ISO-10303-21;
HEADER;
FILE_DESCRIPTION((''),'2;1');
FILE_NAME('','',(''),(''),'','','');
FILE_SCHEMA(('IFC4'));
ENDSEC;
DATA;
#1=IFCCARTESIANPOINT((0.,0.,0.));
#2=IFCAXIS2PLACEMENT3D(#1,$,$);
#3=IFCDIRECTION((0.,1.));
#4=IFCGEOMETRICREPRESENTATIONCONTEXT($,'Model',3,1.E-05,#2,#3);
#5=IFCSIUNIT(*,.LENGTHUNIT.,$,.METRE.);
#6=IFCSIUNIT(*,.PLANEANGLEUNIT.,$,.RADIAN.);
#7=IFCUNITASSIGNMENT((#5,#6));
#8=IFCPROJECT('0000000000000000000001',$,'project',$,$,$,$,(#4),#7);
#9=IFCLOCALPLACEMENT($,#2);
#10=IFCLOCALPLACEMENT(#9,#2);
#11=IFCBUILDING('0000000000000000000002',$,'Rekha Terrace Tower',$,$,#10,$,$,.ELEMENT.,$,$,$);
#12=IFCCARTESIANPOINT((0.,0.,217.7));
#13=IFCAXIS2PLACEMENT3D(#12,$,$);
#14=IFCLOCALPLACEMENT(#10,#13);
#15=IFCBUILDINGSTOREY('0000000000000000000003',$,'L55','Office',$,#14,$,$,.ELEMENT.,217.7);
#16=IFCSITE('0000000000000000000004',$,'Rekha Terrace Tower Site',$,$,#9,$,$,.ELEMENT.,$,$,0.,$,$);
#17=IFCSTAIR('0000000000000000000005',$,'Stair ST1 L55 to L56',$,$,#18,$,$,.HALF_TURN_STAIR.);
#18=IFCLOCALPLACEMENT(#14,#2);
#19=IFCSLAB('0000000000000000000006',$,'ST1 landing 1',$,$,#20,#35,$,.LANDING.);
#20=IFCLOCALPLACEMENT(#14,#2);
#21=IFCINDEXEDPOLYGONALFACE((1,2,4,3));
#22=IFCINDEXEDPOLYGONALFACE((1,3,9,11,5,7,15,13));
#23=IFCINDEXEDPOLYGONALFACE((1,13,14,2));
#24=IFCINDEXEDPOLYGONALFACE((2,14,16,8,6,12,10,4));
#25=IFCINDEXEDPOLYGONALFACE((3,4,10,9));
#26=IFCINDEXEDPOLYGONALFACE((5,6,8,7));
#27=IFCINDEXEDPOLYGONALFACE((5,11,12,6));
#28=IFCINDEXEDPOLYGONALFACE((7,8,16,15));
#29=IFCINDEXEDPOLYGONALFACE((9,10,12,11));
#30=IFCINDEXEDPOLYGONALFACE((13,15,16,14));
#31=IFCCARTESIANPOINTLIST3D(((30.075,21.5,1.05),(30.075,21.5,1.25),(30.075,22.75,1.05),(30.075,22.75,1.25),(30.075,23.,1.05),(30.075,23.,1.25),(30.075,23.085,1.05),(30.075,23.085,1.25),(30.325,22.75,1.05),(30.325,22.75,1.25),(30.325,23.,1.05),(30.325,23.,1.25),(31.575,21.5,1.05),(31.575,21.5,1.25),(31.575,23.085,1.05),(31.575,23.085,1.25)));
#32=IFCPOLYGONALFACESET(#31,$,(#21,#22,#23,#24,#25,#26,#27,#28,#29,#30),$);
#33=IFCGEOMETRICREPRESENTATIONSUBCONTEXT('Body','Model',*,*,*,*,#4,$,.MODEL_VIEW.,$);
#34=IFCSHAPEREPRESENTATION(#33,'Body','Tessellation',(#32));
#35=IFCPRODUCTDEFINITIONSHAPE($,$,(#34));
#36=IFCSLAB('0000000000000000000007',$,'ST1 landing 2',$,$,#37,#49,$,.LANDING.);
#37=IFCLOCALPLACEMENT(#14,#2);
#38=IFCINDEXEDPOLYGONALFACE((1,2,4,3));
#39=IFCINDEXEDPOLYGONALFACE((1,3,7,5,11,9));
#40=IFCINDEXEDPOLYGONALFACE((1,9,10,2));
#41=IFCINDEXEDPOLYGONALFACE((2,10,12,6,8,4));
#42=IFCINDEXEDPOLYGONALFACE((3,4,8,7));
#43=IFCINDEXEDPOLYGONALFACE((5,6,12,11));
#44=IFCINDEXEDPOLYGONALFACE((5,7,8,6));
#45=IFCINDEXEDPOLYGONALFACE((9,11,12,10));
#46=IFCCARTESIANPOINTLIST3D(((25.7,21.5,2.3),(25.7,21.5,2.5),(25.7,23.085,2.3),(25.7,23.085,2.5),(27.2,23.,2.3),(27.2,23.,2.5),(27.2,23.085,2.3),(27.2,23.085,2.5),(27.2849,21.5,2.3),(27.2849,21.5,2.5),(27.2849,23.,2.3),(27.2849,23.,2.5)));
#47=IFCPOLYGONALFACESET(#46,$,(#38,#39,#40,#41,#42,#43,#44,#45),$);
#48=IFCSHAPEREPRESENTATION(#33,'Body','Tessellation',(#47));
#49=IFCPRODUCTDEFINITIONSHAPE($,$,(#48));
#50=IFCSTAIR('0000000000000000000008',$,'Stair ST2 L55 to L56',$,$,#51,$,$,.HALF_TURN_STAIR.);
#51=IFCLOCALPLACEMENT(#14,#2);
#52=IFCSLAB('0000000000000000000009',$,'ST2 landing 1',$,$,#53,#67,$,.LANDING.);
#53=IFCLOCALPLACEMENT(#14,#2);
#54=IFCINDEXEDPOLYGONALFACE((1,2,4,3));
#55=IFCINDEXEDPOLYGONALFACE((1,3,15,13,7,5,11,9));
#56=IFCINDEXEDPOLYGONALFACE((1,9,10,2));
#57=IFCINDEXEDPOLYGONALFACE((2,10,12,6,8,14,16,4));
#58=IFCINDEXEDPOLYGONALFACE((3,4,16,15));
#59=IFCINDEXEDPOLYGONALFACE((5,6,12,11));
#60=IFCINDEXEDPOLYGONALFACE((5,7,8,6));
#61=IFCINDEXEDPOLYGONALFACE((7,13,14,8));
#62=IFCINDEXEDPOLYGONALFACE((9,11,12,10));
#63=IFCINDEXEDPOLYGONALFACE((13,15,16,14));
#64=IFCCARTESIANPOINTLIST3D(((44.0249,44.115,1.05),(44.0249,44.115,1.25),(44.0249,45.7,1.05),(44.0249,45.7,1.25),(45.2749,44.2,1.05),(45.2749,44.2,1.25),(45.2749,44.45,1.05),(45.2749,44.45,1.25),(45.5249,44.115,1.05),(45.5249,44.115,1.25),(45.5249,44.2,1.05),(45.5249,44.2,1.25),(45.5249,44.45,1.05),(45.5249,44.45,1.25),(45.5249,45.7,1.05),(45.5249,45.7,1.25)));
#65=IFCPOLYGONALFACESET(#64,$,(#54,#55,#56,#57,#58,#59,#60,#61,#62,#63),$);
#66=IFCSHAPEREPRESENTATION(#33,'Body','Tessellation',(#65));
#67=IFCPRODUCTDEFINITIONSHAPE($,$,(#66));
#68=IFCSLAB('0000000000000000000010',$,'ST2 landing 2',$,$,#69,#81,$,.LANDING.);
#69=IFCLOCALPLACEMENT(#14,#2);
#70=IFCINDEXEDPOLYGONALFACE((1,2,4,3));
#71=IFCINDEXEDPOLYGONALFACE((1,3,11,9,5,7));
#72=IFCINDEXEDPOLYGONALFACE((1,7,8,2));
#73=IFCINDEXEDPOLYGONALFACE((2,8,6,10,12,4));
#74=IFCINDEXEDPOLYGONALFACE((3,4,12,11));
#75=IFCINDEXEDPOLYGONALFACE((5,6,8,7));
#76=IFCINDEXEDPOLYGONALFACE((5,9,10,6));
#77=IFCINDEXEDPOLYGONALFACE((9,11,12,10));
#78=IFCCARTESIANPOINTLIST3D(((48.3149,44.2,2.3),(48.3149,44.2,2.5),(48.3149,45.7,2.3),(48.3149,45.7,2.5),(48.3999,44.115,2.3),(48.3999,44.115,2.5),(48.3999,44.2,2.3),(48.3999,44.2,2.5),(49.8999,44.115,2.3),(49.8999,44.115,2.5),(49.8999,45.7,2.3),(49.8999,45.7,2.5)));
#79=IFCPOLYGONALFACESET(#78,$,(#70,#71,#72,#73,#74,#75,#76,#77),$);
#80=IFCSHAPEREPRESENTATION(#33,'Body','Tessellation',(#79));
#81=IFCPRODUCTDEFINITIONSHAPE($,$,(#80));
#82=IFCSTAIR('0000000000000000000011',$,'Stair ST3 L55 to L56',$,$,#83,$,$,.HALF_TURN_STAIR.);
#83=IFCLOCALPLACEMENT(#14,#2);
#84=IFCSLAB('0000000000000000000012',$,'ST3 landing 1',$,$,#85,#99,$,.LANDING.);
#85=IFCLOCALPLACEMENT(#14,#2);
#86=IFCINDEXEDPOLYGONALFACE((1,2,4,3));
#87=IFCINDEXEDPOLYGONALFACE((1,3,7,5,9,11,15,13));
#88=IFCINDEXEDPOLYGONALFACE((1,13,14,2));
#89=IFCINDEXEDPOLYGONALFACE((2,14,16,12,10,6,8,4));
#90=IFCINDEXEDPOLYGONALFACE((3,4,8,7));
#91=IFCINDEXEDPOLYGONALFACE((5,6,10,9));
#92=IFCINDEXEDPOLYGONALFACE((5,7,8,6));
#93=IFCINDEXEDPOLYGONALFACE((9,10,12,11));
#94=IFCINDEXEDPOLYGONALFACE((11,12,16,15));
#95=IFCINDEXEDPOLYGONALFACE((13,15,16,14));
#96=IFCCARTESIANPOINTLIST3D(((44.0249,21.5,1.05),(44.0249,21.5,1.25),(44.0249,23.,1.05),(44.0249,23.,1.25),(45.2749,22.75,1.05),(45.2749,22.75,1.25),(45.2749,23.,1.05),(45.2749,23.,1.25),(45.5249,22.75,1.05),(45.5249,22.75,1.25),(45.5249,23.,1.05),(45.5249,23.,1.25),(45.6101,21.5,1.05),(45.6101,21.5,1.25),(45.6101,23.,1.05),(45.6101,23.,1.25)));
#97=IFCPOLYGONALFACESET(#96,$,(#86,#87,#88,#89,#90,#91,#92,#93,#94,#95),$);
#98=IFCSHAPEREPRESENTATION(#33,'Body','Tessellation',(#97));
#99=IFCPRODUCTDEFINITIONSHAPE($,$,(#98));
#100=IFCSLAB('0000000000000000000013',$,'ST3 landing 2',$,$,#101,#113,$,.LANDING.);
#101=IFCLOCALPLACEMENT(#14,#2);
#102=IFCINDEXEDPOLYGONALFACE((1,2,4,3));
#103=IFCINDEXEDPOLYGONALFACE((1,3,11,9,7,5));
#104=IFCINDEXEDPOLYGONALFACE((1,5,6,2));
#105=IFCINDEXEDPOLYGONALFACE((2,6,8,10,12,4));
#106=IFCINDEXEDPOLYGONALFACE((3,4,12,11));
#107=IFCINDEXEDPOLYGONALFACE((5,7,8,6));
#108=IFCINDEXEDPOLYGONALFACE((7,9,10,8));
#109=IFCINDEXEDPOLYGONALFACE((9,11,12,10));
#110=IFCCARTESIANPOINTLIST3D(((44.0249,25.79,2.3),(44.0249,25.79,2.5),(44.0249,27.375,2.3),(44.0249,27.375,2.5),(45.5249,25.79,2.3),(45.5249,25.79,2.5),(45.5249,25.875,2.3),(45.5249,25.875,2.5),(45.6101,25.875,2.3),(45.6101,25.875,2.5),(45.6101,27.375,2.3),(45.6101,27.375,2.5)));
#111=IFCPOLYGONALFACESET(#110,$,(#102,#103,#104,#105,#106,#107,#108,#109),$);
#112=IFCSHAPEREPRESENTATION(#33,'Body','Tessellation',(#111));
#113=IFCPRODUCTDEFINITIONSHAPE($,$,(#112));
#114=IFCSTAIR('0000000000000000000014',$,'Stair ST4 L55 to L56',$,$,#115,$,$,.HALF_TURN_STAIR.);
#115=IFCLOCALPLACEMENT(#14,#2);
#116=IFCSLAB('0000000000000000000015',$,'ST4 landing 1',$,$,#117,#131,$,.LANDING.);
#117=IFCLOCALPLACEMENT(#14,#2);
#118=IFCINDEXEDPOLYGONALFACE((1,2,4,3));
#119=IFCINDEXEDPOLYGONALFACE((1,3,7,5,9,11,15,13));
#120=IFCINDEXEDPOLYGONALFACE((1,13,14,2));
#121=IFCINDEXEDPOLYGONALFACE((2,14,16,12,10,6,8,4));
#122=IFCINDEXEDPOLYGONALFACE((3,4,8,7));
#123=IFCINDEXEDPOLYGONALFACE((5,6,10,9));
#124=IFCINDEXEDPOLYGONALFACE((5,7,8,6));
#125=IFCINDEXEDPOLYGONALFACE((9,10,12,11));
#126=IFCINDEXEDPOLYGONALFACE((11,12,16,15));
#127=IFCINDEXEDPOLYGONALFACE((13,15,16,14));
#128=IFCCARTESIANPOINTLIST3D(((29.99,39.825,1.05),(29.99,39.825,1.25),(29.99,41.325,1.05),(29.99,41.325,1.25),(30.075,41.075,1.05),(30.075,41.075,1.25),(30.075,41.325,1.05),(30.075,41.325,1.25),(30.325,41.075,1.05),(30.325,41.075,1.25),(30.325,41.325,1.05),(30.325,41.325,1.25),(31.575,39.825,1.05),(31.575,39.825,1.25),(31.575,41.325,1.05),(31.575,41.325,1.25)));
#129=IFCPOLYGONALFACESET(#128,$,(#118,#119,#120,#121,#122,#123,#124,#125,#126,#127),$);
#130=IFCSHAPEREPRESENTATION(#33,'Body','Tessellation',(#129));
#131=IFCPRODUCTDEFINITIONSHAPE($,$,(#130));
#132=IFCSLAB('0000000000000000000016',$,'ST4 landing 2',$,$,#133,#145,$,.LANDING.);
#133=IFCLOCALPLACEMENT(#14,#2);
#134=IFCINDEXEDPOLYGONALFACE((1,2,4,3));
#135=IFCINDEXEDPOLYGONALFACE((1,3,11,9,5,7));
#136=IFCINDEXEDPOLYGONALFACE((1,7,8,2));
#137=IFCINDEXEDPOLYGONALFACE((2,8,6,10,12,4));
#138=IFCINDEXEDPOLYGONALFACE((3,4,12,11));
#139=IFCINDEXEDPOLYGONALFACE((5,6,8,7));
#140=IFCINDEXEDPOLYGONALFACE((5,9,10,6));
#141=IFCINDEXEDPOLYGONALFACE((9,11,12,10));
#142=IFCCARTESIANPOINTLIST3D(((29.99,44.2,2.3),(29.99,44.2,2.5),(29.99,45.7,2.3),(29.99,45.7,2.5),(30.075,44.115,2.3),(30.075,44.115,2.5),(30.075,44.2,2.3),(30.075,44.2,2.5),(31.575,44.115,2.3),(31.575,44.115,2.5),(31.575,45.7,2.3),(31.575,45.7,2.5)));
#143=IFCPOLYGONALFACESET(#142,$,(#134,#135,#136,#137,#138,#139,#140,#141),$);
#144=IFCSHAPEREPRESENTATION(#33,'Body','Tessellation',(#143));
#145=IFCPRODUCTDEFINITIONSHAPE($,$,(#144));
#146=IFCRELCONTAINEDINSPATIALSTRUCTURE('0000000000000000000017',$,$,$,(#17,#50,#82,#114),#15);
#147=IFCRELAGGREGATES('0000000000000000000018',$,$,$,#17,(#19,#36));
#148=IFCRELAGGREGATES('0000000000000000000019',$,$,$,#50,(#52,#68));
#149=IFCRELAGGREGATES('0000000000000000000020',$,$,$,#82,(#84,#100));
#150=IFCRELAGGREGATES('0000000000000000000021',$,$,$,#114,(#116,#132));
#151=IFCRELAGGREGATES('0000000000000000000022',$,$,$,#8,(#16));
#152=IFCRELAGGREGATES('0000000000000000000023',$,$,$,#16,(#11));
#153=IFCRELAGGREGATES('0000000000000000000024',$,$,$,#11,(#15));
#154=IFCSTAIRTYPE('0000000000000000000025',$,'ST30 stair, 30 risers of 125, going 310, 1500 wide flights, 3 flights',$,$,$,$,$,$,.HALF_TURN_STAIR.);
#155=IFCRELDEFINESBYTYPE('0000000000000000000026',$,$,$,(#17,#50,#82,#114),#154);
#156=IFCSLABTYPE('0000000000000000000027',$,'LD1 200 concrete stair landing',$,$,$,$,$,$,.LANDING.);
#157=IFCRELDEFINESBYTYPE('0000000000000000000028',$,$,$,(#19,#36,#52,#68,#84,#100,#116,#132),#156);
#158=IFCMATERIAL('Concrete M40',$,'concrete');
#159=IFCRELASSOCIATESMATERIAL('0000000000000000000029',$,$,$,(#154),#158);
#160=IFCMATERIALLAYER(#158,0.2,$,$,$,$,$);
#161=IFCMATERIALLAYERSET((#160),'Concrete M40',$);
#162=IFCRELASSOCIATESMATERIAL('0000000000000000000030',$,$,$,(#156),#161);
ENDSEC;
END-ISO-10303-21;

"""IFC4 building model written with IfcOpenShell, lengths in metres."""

from ifc_helpers import new_model, si_unit, direction, frame, origin, place, context, subcontext, project, spatial, polyline, outline, extrude, material, layer, layer_set, type_object, element, aggregate, save


model = new_model("IFC4")

# Units and contexts
model_context = context("Model", 3, precision=1e-05, world=origin(), true_north=direction((0.0, 1.0)))
body_context = subcontext(model_context, "Body", "Model", "MODEL_VIEW")
ifc_project = project(units=[si_unit("LENGTHUNIT", "METRE"), si_unit("PLANEANGLEUNIT", "RADIAN")], contexts=[model_context])

# Site, building, storey
site_placement = place(None, origin())
site = spatial("IfcSite", under=ifc_project, at=site_placement, Name="Rekha Terrace Tower Site", CompositionType="ELEMENT", RefElevation=0.0)
building_placement = place(site_placement, origin())
building = spatial("IfcBuilding", under=site, at=building_placement, Name="Rekha Terrace Tower", CompositionType="ELEMENT")
storey_placement = place(building_placement, frame((0.0, 0.0, 217.7)))
storey = spatial("IfcBuildingStorey", under=building, at=storey_placement, Name="L55", Description="Office", CompositionType="ELEMENT", Elevation=217.7)

# Stairs, slabs
ifc_material_1 = material(Name="Concrete M40", Category="concrete")
stair_type = type_object("IfcStairType", Name="ST30 stair, 30 risers of 125, going 310, 1500 wide flights, 3 flights", PredefinedType="HALF_TURN_STAIR", material=ifc_material_1)
stair_1_placement = place(storey_placement, origin())
stair_1 = element("IfcStair", 1, at=stair_1_placement, inside=storey, type_object=stair_type, Name="Stair ST1 L55 to L56", PredefinedType="HALF_TURN_STAIR")
ifc_layer_1 = layer(ifc_material_1, 0.2)
ifc_layer_set_1 = layer_set([ifc_layer_1], Name="Concrete M40")
slab_type_1 = type_object("IfcSlabType", Name="LD1 200 concrete stair landing", PredefinedType="LANDING", material=ifc_layer_set_1)
slab_1_placement = place(storey_placement, frame((0.0, 0.0, 1.05)))
slab_1 = element("IfcSlab", 2, at=slab_1_placement, type_object=slab_type_1, Name="ST1 landing 1", PredefinedType="LANDING", context=body_context, shape_type="SweptSolid", body=[
    extrude(outline(polyline([(30.075, 21.5), (31.575, 21.5), (31.575, 23.085), (30.075, 23.085), (30.075, 23.0), (30.325, 23.0), (30.325, 22.75), (30.075, 22.75), (30.075, 21.5)])), origin(), (0.0, 0.0, 1.0), 0.2),
])
slab_2_placement = place(storey_placement, frame((0.0, 0.0, 2.3)))
slab_2 = element("IfcSlab", 3, at=slab_2_placement, type_object=slab_type_1, Name="ST1 landing 2", PredefinedType="LANDING", context=body_context, shape_type="SweptSolid", body=[
    extrude(outline(polyline([(27.2, 23.085), (25.7, 23.085), (25.7, 21.5), (27.2849, 21.5), (27.2849, 23.0), (27.2, 23.0), (27.2, 23.085)])), origin(), (0.0, 0.0, 1.0), 0.2),
])
aggregate(stair_1, [slab_1, slab_2])
stair_2_placement = place(storey_placement, origin())
stair_2 = element("IfcStair", 4, at=stair_2_placement, inside=storey, type_object=stair_type, Name="Stair ST2 L55 to L56", PredefinedType="HALF_TURN_STAIR")
slab_3_placement = place(storey_placement, frame((0.0, 0.0, 1.05)))
slab_3 = element("IfcSlab", 5, at=slab_3_placement, type_object=slab_type_1, Name="ST2 landing 1", PredefinedType="LANDING", context=body_context, shape_type="SweptSolid", body=[
    extrude(outline(polyline([(45.5249, 45.7), (44.0249, 45.7), (44.0249, 44.115), (45.5249, 44.115), (45.5249, 44.2), (45.2749, 44.2), (45.2749, 44.45), (45.5249, 44.45), (45.5249, 45.7)])), origin(), (0.0, 0.0, 1.0), 0.2),
])
slab_4_placement = place(storey_placement, frame((0.0, 0.0, 2.3)))
slab_4 = element("IfcSlab", 6, at=slab_4_placement, type_object=slab_type_1, Name="ST2 landing 2", PredefinedType="LANDING", context=body_context, shape_type="SweptSolid", body=[
    extrude(outline(polyline([(48.3999, 44.115), (49.8999, 44.115), (49.8999, 45.7), (48.3149, 45.7), (48.3149, 44.2), (48.3999, 44.2), (48.3999, 44.115)])), origin(), (0.0, 0.0, 1.0), 0.2),
])
aggregate(stair_2, [slab_3, slab_4])
stair_3_placement = place(storey_placement, origin())
stair_3 = element("IfcStair", 7, at=stair_3_placement, inside=storey, type_object=stair_type, Name="Stair ST3 L55 to L56", PredefinedType="HALF_TURN_STAIR")
slab_5_placement = place(storey_placement, frame((0.0, 0.0, 1.05)))
slab_5 = element("IfcSlab", 8, at=slab_5_placement, type_object=slab_type_1, Name="ST3 landing 1", PredefinedType="LANDING", context=body_context, shape_type="SweptSolid", body=[
    extrude(outline(polyline([(44.0249, 23.0), (44.0249, 21.5), (45.6101, 21.5), (45.6101, 23.0), (45.5249, 23.0), (45.5249, 22.75), (45.2749, 22.75), (45.2749, 23.0), (44.0249, 23.0)])), origin(), (0.0, 0.0, 1.0), 0.2),
])
slab_6_placement = place(storey_placement, frame((0.0, 0.0, 2.3)))
slab_6 = element("IfcSlab", 9, at=slab_6_placement, type_object=slab_type_1, Name="ST3 landing 2", PredefinedType="LANDING", context=body_context, shape_type="SweptSolid", body=[
    extrude(outline(polyline([(45.6101, 25.875), (45.6101, 27.375), (44.0249, 27.375), (44.0249, 25.79), (45.5249, 25.79), (45.5249, 25.875), (45.6101, 25.875)])), origin(), (0.0, 0.0, 1.0), 0.2),
])
aggregate(stair_3, [slab_5, slab_6])
stair_4_placement = place(storey_placement, origin())
stair_4 = element("IfcStair", 10, at=stair_4_placement, inside=storey, type_object=stair_type, Name="Stair ST4 L55 to L56", PredefinedType="HALF_TURN_STAIR")
slab_7_placement = place(storey_placement, frame((0.0, 0.0, 1.05)))
slab_7 = element("IfcSlab", 11, at=slab_7_placement, type_object=slab_type_1, Name="ST4 landing 1", PredefinedType="LANDING", context=body_context, shape_type="SweptSolid", body=[
    extrude(outline(polyline([(31.575, 41.325), (31.575, 39.825), (29.99, 39.825), (29.99, 41.325), (30.075, 41.325), (30.075, 41.075), (30.325, 41.075), (30.325, 41.325), (31.575, 41.325)])), origin(), (0.0, 0.0, 1.0), 0.2),
])
slab_8_placement = place(storey_placement, frame((0.0, 0.0, 2.3)))
slab_8 = element("IfcSlab", 12, at=slab_8_placement, type_object=slab_type_1, Name="ST4 landing 2", PredefinedType="LANDING", context=body_context, shape_type="SweptSolid", body=[
    extrude(outline(polyline([(29.99, 44.2), (29.99, 45.7), (31.575, 45.7), (31.575, 44.115), (30.075, 44.115), (30.075, 44.2), (29.99, 44.2)])), origin(), (0.0, 0.0, 1.0), 0.2),
])
aggregate(stair_4, [slab_7, slab_8])

save(model, "model.ifc")
